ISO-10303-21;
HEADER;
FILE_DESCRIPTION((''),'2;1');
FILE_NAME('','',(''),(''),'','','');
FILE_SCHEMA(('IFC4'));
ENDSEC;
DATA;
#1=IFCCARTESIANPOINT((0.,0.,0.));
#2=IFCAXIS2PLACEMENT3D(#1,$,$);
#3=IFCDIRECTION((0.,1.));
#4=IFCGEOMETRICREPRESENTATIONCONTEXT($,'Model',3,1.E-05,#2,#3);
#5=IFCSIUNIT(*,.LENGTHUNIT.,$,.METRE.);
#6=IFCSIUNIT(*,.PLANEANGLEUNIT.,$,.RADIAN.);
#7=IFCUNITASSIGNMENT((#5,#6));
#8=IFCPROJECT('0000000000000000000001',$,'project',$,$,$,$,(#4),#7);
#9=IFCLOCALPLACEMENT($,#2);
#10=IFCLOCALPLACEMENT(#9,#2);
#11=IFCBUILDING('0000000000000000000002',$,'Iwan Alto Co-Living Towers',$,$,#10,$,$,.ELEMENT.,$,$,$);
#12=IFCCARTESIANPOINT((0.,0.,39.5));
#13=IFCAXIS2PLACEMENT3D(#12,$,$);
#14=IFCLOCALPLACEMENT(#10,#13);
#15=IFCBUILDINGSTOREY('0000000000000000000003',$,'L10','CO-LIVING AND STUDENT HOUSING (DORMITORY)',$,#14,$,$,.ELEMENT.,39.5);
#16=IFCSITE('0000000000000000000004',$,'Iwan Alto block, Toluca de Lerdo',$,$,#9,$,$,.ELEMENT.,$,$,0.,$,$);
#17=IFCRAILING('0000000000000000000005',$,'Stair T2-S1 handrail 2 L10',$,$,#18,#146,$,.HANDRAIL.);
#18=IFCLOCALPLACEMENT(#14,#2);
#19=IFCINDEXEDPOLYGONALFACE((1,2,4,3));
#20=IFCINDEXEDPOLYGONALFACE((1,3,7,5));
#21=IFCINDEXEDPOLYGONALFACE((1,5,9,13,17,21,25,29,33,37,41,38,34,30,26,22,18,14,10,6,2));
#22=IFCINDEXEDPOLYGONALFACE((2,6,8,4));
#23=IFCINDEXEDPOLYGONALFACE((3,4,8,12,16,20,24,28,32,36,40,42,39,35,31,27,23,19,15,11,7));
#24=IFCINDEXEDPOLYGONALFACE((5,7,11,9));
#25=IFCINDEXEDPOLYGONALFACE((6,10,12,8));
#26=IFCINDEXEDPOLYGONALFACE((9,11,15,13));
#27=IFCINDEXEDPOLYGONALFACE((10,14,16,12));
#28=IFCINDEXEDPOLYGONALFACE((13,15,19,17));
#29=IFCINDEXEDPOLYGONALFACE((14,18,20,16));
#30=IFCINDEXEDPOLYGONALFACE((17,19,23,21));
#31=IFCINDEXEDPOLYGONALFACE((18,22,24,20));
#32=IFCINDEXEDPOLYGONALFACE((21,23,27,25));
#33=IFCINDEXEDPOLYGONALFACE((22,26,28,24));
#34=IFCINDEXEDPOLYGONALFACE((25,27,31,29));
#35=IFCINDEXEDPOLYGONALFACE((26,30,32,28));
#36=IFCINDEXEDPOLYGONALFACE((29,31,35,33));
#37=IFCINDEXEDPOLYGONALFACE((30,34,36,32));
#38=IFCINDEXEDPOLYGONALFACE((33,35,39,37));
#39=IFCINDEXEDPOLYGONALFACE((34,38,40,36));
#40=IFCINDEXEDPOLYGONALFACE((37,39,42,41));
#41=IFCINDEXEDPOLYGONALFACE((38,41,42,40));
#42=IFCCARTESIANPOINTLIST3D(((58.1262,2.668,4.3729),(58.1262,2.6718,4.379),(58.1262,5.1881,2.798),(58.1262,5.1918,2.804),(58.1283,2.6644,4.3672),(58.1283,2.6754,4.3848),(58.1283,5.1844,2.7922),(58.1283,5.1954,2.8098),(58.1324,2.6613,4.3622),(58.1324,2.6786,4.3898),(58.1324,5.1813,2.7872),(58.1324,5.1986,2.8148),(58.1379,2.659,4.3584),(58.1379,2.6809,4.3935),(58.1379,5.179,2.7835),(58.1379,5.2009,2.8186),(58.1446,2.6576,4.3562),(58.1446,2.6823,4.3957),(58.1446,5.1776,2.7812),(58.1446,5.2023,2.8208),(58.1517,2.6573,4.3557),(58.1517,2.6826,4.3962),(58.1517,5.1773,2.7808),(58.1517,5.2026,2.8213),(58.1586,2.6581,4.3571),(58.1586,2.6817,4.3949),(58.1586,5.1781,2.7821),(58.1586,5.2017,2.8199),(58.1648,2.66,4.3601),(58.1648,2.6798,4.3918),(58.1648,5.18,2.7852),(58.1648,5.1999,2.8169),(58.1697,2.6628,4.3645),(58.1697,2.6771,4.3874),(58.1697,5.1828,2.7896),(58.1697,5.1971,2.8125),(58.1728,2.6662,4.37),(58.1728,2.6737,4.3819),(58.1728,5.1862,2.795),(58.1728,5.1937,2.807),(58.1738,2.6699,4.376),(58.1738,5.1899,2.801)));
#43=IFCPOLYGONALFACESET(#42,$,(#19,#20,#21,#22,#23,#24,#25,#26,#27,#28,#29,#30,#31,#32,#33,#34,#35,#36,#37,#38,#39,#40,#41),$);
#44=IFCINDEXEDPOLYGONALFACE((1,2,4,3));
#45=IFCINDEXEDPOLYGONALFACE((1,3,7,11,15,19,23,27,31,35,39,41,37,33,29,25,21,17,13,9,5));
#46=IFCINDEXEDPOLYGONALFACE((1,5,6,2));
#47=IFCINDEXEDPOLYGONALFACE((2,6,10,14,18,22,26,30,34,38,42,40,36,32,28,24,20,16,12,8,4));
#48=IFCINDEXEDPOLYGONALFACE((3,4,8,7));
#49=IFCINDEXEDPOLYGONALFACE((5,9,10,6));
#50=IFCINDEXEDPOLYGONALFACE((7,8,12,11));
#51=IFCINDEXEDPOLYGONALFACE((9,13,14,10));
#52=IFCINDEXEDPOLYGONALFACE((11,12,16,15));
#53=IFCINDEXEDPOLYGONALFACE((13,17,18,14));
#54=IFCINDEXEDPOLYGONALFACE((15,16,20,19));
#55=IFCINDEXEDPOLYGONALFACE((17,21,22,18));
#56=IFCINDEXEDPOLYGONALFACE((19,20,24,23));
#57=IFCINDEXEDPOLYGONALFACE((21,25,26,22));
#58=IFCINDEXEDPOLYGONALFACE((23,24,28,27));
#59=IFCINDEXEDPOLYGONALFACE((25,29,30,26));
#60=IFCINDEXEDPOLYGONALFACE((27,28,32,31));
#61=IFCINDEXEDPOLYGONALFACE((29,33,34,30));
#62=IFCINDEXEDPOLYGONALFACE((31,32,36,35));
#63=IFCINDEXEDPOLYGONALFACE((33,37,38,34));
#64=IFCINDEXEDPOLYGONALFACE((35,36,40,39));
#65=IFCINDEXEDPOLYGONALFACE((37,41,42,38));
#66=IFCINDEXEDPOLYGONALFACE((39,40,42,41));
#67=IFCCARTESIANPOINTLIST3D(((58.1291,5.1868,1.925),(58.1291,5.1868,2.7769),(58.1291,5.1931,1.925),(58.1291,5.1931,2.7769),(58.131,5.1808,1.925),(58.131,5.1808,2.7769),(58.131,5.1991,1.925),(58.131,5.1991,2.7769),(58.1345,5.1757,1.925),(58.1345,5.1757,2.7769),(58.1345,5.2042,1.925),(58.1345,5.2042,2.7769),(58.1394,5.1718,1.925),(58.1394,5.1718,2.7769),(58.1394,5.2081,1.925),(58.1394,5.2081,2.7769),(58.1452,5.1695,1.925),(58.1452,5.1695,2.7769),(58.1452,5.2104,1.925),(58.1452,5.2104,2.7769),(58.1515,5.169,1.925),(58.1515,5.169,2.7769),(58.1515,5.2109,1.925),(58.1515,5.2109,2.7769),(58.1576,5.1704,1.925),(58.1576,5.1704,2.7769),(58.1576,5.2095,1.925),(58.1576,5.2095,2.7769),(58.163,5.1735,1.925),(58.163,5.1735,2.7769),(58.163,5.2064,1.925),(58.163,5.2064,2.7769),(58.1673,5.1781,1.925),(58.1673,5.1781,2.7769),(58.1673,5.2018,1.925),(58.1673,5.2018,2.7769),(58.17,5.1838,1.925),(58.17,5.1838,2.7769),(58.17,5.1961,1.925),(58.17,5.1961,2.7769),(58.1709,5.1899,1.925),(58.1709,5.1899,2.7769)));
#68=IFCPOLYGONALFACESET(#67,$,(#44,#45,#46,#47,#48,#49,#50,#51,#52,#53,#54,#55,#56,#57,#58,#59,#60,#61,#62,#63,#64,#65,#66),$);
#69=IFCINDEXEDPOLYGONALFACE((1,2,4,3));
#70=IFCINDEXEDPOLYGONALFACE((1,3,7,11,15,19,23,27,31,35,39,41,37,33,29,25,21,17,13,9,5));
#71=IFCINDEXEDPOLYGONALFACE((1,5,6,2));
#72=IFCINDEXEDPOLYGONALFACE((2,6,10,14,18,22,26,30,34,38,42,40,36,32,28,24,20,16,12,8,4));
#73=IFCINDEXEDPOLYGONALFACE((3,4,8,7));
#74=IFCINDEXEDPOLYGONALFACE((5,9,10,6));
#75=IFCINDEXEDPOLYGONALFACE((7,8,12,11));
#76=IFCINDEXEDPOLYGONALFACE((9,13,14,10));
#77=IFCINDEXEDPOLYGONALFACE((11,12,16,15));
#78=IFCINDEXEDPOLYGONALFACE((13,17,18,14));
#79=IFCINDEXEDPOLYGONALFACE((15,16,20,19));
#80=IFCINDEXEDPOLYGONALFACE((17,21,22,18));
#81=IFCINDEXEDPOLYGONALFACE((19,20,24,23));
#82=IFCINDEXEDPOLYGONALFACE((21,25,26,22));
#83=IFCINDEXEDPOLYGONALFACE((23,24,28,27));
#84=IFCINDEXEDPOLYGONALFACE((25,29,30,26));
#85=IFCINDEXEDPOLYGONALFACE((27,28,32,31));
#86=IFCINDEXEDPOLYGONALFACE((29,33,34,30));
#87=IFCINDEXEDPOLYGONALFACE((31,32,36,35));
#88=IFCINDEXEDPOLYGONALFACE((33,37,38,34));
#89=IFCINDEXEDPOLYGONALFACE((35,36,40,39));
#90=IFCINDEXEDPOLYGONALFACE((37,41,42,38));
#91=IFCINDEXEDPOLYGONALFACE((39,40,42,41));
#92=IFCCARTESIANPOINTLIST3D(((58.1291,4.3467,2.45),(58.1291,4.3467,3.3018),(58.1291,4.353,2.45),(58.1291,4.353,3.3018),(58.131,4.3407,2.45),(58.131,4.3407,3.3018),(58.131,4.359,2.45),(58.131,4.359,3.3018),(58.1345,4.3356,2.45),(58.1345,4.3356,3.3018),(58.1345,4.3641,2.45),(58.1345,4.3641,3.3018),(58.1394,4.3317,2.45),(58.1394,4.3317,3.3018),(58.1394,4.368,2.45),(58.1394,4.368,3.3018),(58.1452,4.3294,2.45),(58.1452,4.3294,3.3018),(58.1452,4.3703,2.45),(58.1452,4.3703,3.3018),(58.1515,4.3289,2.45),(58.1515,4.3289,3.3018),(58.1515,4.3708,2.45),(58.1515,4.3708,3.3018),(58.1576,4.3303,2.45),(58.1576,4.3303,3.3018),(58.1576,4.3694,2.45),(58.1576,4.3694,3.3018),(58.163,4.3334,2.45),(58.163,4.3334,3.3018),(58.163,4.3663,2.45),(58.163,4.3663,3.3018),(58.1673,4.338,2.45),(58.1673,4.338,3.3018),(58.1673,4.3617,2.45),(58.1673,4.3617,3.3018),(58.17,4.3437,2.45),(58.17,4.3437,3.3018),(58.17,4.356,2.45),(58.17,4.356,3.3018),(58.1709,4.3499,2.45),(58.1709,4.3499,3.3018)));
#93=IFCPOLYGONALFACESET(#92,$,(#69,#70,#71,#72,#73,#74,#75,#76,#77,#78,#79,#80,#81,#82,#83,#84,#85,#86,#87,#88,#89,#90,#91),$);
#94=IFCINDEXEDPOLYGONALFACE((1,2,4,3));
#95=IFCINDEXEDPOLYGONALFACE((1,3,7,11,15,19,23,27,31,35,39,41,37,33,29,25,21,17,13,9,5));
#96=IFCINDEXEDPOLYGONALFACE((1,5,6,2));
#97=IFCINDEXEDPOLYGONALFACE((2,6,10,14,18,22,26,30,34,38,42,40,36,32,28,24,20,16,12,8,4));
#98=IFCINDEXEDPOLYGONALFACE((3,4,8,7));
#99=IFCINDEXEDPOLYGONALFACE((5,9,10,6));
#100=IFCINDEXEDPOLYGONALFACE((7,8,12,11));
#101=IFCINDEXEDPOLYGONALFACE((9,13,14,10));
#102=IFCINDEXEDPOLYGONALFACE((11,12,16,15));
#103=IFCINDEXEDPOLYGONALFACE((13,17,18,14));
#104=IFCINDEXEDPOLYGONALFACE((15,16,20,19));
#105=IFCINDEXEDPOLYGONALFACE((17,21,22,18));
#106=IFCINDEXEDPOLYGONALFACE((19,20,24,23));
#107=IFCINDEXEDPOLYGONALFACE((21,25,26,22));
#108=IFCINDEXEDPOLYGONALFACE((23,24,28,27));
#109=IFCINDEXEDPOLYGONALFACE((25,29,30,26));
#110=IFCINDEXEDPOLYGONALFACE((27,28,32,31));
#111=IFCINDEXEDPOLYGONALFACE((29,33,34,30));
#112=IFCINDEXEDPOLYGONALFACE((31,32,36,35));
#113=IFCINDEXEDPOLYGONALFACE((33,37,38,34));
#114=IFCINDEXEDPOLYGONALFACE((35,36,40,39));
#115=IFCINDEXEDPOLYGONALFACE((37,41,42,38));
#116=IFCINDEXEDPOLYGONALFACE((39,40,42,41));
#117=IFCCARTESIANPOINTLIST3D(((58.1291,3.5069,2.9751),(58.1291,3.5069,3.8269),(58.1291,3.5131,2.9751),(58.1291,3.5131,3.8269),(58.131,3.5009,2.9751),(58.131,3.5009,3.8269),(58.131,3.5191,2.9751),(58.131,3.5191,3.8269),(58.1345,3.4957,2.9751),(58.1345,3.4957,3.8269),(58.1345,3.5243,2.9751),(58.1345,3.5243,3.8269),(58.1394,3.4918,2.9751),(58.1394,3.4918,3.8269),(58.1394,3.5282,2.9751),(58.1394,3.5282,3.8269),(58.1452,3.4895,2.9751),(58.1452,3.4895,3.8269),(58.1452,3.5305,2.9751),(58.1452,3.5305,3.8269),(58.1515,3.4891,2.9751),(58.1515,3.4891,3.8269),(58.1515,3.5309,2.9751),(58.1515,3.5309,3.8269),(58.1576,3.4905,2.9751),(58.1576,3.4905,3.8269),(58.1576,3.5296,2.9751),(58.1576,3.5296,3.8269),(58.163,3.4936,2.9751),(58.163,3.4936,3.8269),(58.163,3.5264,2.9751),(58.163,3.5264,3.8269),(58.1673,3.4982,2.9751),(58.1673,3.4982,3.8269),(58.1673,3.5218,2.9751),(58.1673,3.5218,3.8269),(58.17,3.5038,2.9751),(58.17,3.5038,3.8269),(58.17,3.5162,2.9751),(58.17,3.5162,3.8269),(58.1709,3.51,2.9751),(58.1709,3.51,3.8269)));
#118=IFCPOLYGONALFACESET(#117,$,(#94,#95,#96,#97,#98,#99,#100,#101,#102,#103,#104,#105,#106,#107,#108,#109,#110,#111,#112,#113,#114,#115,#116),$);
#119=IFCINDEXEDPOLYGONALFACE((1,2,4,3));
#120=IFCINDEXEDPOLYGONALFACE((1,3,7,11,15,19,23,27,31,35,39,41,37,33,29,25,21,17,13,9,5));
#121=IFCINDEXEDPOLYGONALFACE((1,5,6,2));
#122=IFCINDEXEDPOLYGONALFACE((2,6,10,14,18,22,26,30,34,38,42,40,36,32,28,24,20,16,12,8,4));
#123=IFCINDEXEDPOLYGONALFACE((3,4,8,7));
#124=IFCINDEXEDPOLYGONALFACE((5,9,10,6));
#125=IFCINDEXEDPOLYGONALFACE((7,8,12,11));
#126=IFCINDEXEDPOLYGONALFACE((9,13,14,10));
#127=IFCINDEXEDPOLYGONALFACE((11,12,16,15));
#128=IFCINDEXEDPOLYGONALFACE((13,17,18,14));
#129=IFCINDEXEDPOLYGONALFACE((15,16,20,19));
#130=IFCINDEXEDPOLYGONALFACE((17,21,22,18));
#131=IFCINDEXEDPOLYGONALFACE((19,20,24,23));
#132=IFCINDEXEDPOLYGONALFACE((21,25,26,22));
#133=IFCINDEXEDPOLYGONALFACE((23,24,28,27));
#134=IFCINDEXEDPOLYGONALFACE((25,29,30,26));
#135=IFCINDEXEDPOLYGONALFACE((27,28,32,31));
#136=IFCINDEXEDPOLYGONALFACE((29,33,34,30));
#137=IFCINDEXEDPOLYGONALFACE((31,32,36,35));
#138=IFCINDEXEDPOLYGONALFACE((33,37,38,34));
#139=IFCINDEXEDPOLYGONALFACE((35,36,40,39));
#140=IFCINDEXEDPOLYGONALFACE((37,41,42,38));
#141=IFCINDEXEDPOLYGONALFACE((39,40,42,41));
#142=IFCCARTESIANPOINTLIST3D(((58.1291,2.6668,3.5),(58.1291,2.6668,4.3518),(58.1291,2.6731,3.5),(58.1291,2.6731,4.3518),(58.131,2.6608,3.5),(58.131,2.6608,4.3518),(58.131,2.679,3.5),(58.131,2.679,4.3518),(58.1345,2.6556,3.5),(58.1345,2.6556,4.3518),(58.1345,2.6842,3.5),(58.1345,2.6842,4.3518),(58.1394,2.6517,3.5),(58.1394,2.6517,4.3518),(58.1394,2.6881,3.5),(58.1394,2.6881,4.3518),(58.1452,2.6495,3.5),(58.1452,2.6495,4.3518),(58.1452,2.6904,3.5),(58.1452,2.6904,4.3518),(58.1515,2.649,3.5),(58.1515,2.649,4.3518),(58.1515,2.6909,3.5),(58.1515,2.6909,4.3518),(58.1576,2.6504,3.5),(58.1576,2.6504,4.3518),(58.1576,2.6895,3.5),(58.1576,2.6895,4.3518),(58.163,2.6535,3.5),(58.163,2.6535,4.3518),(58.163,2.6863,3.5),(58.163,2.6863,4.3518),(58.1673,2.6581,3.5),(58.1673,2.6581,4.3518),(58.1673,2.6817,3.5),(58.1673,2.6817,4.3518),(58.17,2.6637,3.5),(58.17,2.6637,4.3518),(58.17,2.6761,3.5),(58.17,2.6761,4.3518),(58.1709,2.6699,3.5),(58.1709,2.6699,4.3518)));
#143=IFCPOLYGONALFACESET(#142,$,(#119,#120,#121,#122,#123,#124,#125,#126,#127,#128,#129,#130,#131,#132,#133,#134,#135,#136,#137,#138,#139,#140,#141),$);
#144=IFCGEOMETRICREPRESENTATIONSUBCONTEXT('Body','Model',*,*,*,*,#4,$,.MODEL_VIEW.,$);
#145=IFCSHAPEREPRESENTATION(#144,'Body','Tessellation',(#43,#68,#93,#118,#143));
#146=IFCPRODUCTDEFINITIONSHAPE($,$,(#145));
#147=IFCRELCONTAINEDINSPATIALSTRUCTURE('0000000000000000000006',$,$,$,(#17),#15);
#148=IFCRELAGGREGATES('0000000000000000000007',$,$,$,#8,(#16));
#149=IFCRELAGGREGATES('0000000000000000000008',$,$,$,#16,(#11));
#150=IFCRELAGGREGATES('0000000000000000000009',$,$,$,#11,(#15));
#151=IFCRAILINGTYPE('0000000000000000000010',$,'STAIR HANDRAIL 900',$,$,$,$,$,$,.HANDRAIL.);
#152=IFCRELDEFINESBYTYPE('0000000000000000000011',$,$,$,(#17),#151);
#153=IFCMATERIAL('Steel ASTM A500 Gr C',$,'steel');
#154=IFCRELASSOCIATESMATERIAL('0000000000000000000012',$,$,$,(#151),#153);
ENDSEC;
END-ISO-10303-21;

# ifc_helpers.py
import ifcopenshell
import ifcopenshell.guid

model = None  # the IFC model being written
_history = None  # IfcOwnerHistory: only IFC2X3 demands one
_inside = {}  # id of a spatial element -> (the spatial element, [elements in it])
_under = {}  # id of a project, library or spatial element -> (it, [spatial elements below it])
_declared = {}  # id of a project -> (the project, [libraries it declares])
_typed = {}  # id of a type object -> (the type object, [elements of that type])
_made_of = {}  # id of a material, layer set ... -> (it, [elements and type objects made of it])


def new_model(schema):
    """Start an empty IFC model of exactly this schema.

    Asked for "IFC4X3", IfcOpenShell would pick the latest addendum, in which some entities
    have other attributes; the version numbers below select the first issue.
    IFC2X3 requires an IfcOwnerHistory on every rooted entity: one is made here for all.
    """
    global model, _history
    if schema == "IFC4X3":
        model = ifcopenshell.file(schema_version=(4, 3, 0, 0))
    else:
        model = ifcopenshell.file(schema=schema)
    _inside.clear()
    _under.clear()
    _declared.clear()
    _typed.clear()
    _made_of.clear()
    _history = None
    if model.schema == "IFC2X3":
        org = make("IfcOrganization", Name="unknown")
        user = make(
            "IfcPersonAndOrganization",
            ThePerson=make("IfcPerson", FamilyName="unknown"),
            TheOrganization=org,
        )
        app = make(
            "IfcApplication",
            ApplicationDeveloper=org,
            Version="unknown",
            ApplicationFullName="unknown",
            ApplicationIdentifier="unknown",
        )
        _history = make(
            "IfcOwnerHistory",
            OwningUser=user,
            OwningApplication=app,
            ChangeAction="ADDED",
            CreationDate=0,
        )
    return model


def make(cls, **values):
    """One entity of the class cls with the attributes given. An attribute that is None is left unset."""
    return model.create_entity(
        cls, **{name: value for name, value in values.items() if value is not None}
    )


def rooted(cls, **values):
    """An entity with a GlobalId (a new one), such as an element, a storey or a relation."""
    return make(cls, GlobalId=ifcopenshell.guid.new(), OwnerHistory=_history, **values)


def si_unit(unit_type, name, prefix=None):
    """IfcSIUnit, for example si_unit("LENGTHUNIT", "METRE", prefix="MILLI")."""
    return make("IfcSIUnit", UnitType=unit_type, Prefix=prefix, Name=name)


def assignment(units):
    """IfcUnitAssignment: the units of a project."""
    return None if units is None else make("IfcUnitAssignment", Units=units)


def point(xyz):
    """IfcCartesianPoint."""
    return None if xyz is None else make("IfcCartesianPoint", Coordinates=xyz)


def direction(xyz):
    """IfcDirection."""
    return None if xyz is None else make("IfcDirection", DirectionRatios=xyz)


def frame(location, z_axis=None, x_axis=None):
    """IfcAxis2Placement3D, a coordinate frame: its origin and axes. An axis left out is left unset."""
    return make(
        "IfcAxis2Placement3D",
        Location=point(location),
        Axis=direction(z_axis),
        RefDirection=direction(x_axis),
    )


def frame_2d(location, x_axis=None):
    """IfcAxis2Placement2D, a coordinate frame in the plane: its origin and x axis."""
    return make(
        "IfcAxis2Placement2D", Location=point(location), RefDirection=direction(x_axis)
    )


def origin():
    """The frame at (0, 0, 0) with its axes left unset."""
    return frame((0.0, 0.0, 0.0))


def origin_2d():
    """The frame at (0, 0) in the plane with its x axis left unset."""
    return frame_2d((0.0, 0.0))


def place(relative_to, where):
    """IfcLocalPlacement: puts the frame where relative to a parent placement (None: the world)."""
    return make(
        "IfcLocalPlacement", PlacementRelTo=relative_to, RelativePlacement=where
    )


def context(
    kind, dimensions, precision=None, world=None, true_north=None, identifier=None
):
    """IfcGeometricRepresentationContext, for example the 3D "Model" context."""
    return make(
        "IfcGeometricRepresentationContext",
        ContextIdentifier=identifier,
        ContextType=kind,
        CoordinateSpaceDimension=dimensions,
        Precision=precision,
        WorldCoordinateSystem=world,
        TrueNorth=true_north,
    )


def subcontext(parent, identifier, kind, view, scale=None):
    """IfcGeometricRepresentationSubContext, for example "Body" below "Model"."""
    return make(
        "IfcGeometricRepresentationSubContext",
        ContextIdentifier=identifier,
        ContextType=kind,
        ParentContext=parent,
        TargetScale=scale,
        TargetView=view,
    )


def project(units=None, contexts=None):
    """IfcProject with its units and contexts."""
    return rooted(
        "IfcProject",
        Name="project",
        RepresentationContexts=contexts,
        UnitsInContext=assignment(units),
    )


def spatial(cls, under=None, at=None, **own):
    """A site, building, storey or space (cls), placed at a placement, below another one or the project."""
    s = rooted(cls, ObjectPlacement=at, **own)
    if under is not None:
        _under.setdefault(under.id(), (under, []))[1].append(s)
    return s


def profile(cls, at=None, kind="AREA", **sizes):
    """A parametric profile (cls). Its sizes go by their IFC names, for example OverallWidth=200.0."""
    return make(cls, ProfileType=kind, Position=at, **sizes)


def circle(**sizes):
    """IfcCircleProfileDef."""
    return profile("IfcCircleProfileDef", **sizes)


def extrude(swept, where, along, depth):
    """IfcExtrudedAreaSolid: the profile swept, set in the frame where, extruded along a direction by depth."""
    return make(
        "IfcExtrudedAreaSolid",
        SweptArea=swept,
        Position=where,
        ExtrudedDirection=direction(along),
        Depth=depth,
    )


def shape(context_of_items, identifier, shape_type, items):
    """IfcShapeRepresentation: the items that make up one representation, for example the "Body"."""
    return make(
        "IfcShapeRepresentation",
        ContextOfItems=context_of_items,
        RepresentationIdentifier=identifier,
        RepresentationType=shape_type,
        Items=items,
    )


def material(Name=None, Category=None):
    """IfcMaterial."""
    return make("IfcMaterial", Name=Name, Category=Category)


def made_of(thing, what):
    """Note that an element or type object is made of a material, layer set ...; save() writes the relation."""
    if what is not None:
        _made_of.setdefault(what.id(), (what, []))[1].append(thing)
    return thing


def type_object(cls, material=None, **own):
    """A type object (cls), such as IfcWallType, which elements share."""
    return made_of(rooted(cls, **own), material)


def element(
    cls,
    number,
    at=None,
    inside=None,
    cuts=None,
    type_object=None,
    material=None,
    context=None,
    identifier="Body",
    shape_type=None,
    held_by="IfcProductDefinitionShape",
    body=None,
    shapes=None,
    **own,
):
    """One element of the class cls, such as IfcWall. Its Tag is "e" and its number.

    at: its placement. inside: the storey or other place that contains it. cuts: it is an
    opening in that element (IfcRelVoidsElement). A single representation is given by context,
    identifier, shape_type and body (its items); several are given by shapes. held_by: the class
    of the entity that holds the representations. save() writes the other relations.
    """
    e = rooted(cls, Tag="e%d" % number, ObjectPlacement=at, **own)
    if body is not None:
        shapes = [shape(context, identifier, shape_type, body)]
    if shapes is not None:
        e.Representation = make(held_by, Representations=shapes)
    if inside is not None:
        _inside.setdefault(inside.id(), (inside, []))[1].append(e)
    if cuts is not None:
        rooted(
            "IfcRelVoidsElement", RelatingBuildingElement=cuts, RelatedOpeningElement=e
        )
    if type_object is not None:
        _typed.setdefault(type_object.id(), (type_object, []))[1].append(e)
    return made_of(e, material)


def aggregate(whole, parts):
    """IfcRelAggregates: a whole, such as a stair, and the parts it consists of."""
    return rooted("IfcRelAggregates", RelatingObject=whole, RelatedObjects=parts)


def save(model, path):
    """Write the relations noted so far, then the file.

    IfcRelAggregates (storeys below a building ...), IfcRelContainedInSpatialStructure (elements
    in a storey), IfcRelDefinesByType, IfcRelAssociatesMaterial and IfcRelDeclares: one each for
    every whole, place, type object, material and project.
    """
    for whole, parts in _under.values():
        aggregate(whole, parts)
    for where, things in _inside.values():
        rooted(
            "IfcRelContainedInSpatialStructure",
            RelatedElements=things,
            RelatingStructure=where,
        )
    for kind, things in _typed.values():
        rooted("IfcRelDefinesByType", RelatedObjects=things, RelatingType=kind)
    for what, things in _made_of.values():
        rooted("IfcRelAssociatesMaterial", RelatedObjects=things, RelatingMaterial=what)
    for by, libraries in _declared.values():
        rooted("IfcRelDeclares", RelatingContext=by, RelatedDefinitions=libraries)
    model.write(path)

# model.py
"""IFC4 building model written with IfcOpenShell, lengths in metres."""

from ifc_helpers import new_model, si_unit, direction, frame, origin, origin_2d, place, context, subcontext, project, spatial, circle, extrude, material, type_object, element, save


model = new_model("IFC4")

# Units and contexts
model_context = context("Model", 3, precision=1e-05, world=origin(), true_north=direction((0.0, 1.0)))
body_context = subcontext(model_context, "Body", "Model", "MODEL_VIEW")
ifc_project = project(units=[si_unit("LENGTHUNIT", "METRE"), si_unit("PLANEANGLEUNIT", "RADIAN")], contexts=[model_context])

# Site, building, storey
site_placement = place(None, origin())
site = spatial("IfcSite", under=ifc_project, at=site_placement, Name="Iwan Alto block, Toluca de Lerdo", CompositionType="ELEMENT", RefElevation=0.0)
building_placement = place(site_placement, origin())
building = spatial("IfcBuilding", under=site, at=building_placement, Name="Iwan Alto Co-Living Towers", CompositionType="ELEMENT")
storey_placement = place(building_placement, frame((0.0, 0.0, 39.5)))
storey = spatial("IfcBuildingStorey", under=building, at=storey_placement, Name="L10", Description="CO-LIVING AND STUDENT HOUSING (DORMITORY)", CompositionType="ELEMENT", Elevation=39.5)

# Railing
ifc_material_1 = material(Name="Steel ASTM A500 Gr C", Category="steel")
railing_type_1 = type_object("IfcRailingType", Name="STAIR HANDRAIL 900", PredefinedType="HANDRAIL", material=ifc_material_1)
railing_1_placement = place(storey_placement, frame((58.1499, 5.1899, 1.925)))
element("IfcRailing", 1, at=railing_1_placement, inside=storey, type_object=railing_type_1, Name="Stair T2-S1 handrail 2 L10", PredefinedType="HANDRAIL", context=body_context, shape_type="SweptSolid", body=[
    extrude(circle(Radius=0.0239, at=origin_2d()), frame((0.0, 0.0, 0.876), z_axis=(0.0, -0.848008, 0.529984), x_axis=(1.0, 0.0, 0.0)), (0.0, 0.0, 1.0), 2.9717),
    extrude(circle(Radius=0.021, at=origin_2d()), origin(), (0.0, 0.0, 1.0), 0.8518),
    extrude(circle(Radius=0.021, at=origin_2d()), frame((0.0, -0.8401, 0.5249)), (0.0, 0.0, 1.0), 0.8518),
    extrude(circle(Radius=0.021, at=origin_2d()), frame((0.0, -1.6799, 1.05)), (0.0, 0.0, 1.0), 0.8518),
    extrude(circle(Radius=0.021, at=origin_2d()), frame((0.0, -2.52, 1.575)), (0.0, 0.0, 1.0), 0.8518),
])

save(model, "model.ifc")
